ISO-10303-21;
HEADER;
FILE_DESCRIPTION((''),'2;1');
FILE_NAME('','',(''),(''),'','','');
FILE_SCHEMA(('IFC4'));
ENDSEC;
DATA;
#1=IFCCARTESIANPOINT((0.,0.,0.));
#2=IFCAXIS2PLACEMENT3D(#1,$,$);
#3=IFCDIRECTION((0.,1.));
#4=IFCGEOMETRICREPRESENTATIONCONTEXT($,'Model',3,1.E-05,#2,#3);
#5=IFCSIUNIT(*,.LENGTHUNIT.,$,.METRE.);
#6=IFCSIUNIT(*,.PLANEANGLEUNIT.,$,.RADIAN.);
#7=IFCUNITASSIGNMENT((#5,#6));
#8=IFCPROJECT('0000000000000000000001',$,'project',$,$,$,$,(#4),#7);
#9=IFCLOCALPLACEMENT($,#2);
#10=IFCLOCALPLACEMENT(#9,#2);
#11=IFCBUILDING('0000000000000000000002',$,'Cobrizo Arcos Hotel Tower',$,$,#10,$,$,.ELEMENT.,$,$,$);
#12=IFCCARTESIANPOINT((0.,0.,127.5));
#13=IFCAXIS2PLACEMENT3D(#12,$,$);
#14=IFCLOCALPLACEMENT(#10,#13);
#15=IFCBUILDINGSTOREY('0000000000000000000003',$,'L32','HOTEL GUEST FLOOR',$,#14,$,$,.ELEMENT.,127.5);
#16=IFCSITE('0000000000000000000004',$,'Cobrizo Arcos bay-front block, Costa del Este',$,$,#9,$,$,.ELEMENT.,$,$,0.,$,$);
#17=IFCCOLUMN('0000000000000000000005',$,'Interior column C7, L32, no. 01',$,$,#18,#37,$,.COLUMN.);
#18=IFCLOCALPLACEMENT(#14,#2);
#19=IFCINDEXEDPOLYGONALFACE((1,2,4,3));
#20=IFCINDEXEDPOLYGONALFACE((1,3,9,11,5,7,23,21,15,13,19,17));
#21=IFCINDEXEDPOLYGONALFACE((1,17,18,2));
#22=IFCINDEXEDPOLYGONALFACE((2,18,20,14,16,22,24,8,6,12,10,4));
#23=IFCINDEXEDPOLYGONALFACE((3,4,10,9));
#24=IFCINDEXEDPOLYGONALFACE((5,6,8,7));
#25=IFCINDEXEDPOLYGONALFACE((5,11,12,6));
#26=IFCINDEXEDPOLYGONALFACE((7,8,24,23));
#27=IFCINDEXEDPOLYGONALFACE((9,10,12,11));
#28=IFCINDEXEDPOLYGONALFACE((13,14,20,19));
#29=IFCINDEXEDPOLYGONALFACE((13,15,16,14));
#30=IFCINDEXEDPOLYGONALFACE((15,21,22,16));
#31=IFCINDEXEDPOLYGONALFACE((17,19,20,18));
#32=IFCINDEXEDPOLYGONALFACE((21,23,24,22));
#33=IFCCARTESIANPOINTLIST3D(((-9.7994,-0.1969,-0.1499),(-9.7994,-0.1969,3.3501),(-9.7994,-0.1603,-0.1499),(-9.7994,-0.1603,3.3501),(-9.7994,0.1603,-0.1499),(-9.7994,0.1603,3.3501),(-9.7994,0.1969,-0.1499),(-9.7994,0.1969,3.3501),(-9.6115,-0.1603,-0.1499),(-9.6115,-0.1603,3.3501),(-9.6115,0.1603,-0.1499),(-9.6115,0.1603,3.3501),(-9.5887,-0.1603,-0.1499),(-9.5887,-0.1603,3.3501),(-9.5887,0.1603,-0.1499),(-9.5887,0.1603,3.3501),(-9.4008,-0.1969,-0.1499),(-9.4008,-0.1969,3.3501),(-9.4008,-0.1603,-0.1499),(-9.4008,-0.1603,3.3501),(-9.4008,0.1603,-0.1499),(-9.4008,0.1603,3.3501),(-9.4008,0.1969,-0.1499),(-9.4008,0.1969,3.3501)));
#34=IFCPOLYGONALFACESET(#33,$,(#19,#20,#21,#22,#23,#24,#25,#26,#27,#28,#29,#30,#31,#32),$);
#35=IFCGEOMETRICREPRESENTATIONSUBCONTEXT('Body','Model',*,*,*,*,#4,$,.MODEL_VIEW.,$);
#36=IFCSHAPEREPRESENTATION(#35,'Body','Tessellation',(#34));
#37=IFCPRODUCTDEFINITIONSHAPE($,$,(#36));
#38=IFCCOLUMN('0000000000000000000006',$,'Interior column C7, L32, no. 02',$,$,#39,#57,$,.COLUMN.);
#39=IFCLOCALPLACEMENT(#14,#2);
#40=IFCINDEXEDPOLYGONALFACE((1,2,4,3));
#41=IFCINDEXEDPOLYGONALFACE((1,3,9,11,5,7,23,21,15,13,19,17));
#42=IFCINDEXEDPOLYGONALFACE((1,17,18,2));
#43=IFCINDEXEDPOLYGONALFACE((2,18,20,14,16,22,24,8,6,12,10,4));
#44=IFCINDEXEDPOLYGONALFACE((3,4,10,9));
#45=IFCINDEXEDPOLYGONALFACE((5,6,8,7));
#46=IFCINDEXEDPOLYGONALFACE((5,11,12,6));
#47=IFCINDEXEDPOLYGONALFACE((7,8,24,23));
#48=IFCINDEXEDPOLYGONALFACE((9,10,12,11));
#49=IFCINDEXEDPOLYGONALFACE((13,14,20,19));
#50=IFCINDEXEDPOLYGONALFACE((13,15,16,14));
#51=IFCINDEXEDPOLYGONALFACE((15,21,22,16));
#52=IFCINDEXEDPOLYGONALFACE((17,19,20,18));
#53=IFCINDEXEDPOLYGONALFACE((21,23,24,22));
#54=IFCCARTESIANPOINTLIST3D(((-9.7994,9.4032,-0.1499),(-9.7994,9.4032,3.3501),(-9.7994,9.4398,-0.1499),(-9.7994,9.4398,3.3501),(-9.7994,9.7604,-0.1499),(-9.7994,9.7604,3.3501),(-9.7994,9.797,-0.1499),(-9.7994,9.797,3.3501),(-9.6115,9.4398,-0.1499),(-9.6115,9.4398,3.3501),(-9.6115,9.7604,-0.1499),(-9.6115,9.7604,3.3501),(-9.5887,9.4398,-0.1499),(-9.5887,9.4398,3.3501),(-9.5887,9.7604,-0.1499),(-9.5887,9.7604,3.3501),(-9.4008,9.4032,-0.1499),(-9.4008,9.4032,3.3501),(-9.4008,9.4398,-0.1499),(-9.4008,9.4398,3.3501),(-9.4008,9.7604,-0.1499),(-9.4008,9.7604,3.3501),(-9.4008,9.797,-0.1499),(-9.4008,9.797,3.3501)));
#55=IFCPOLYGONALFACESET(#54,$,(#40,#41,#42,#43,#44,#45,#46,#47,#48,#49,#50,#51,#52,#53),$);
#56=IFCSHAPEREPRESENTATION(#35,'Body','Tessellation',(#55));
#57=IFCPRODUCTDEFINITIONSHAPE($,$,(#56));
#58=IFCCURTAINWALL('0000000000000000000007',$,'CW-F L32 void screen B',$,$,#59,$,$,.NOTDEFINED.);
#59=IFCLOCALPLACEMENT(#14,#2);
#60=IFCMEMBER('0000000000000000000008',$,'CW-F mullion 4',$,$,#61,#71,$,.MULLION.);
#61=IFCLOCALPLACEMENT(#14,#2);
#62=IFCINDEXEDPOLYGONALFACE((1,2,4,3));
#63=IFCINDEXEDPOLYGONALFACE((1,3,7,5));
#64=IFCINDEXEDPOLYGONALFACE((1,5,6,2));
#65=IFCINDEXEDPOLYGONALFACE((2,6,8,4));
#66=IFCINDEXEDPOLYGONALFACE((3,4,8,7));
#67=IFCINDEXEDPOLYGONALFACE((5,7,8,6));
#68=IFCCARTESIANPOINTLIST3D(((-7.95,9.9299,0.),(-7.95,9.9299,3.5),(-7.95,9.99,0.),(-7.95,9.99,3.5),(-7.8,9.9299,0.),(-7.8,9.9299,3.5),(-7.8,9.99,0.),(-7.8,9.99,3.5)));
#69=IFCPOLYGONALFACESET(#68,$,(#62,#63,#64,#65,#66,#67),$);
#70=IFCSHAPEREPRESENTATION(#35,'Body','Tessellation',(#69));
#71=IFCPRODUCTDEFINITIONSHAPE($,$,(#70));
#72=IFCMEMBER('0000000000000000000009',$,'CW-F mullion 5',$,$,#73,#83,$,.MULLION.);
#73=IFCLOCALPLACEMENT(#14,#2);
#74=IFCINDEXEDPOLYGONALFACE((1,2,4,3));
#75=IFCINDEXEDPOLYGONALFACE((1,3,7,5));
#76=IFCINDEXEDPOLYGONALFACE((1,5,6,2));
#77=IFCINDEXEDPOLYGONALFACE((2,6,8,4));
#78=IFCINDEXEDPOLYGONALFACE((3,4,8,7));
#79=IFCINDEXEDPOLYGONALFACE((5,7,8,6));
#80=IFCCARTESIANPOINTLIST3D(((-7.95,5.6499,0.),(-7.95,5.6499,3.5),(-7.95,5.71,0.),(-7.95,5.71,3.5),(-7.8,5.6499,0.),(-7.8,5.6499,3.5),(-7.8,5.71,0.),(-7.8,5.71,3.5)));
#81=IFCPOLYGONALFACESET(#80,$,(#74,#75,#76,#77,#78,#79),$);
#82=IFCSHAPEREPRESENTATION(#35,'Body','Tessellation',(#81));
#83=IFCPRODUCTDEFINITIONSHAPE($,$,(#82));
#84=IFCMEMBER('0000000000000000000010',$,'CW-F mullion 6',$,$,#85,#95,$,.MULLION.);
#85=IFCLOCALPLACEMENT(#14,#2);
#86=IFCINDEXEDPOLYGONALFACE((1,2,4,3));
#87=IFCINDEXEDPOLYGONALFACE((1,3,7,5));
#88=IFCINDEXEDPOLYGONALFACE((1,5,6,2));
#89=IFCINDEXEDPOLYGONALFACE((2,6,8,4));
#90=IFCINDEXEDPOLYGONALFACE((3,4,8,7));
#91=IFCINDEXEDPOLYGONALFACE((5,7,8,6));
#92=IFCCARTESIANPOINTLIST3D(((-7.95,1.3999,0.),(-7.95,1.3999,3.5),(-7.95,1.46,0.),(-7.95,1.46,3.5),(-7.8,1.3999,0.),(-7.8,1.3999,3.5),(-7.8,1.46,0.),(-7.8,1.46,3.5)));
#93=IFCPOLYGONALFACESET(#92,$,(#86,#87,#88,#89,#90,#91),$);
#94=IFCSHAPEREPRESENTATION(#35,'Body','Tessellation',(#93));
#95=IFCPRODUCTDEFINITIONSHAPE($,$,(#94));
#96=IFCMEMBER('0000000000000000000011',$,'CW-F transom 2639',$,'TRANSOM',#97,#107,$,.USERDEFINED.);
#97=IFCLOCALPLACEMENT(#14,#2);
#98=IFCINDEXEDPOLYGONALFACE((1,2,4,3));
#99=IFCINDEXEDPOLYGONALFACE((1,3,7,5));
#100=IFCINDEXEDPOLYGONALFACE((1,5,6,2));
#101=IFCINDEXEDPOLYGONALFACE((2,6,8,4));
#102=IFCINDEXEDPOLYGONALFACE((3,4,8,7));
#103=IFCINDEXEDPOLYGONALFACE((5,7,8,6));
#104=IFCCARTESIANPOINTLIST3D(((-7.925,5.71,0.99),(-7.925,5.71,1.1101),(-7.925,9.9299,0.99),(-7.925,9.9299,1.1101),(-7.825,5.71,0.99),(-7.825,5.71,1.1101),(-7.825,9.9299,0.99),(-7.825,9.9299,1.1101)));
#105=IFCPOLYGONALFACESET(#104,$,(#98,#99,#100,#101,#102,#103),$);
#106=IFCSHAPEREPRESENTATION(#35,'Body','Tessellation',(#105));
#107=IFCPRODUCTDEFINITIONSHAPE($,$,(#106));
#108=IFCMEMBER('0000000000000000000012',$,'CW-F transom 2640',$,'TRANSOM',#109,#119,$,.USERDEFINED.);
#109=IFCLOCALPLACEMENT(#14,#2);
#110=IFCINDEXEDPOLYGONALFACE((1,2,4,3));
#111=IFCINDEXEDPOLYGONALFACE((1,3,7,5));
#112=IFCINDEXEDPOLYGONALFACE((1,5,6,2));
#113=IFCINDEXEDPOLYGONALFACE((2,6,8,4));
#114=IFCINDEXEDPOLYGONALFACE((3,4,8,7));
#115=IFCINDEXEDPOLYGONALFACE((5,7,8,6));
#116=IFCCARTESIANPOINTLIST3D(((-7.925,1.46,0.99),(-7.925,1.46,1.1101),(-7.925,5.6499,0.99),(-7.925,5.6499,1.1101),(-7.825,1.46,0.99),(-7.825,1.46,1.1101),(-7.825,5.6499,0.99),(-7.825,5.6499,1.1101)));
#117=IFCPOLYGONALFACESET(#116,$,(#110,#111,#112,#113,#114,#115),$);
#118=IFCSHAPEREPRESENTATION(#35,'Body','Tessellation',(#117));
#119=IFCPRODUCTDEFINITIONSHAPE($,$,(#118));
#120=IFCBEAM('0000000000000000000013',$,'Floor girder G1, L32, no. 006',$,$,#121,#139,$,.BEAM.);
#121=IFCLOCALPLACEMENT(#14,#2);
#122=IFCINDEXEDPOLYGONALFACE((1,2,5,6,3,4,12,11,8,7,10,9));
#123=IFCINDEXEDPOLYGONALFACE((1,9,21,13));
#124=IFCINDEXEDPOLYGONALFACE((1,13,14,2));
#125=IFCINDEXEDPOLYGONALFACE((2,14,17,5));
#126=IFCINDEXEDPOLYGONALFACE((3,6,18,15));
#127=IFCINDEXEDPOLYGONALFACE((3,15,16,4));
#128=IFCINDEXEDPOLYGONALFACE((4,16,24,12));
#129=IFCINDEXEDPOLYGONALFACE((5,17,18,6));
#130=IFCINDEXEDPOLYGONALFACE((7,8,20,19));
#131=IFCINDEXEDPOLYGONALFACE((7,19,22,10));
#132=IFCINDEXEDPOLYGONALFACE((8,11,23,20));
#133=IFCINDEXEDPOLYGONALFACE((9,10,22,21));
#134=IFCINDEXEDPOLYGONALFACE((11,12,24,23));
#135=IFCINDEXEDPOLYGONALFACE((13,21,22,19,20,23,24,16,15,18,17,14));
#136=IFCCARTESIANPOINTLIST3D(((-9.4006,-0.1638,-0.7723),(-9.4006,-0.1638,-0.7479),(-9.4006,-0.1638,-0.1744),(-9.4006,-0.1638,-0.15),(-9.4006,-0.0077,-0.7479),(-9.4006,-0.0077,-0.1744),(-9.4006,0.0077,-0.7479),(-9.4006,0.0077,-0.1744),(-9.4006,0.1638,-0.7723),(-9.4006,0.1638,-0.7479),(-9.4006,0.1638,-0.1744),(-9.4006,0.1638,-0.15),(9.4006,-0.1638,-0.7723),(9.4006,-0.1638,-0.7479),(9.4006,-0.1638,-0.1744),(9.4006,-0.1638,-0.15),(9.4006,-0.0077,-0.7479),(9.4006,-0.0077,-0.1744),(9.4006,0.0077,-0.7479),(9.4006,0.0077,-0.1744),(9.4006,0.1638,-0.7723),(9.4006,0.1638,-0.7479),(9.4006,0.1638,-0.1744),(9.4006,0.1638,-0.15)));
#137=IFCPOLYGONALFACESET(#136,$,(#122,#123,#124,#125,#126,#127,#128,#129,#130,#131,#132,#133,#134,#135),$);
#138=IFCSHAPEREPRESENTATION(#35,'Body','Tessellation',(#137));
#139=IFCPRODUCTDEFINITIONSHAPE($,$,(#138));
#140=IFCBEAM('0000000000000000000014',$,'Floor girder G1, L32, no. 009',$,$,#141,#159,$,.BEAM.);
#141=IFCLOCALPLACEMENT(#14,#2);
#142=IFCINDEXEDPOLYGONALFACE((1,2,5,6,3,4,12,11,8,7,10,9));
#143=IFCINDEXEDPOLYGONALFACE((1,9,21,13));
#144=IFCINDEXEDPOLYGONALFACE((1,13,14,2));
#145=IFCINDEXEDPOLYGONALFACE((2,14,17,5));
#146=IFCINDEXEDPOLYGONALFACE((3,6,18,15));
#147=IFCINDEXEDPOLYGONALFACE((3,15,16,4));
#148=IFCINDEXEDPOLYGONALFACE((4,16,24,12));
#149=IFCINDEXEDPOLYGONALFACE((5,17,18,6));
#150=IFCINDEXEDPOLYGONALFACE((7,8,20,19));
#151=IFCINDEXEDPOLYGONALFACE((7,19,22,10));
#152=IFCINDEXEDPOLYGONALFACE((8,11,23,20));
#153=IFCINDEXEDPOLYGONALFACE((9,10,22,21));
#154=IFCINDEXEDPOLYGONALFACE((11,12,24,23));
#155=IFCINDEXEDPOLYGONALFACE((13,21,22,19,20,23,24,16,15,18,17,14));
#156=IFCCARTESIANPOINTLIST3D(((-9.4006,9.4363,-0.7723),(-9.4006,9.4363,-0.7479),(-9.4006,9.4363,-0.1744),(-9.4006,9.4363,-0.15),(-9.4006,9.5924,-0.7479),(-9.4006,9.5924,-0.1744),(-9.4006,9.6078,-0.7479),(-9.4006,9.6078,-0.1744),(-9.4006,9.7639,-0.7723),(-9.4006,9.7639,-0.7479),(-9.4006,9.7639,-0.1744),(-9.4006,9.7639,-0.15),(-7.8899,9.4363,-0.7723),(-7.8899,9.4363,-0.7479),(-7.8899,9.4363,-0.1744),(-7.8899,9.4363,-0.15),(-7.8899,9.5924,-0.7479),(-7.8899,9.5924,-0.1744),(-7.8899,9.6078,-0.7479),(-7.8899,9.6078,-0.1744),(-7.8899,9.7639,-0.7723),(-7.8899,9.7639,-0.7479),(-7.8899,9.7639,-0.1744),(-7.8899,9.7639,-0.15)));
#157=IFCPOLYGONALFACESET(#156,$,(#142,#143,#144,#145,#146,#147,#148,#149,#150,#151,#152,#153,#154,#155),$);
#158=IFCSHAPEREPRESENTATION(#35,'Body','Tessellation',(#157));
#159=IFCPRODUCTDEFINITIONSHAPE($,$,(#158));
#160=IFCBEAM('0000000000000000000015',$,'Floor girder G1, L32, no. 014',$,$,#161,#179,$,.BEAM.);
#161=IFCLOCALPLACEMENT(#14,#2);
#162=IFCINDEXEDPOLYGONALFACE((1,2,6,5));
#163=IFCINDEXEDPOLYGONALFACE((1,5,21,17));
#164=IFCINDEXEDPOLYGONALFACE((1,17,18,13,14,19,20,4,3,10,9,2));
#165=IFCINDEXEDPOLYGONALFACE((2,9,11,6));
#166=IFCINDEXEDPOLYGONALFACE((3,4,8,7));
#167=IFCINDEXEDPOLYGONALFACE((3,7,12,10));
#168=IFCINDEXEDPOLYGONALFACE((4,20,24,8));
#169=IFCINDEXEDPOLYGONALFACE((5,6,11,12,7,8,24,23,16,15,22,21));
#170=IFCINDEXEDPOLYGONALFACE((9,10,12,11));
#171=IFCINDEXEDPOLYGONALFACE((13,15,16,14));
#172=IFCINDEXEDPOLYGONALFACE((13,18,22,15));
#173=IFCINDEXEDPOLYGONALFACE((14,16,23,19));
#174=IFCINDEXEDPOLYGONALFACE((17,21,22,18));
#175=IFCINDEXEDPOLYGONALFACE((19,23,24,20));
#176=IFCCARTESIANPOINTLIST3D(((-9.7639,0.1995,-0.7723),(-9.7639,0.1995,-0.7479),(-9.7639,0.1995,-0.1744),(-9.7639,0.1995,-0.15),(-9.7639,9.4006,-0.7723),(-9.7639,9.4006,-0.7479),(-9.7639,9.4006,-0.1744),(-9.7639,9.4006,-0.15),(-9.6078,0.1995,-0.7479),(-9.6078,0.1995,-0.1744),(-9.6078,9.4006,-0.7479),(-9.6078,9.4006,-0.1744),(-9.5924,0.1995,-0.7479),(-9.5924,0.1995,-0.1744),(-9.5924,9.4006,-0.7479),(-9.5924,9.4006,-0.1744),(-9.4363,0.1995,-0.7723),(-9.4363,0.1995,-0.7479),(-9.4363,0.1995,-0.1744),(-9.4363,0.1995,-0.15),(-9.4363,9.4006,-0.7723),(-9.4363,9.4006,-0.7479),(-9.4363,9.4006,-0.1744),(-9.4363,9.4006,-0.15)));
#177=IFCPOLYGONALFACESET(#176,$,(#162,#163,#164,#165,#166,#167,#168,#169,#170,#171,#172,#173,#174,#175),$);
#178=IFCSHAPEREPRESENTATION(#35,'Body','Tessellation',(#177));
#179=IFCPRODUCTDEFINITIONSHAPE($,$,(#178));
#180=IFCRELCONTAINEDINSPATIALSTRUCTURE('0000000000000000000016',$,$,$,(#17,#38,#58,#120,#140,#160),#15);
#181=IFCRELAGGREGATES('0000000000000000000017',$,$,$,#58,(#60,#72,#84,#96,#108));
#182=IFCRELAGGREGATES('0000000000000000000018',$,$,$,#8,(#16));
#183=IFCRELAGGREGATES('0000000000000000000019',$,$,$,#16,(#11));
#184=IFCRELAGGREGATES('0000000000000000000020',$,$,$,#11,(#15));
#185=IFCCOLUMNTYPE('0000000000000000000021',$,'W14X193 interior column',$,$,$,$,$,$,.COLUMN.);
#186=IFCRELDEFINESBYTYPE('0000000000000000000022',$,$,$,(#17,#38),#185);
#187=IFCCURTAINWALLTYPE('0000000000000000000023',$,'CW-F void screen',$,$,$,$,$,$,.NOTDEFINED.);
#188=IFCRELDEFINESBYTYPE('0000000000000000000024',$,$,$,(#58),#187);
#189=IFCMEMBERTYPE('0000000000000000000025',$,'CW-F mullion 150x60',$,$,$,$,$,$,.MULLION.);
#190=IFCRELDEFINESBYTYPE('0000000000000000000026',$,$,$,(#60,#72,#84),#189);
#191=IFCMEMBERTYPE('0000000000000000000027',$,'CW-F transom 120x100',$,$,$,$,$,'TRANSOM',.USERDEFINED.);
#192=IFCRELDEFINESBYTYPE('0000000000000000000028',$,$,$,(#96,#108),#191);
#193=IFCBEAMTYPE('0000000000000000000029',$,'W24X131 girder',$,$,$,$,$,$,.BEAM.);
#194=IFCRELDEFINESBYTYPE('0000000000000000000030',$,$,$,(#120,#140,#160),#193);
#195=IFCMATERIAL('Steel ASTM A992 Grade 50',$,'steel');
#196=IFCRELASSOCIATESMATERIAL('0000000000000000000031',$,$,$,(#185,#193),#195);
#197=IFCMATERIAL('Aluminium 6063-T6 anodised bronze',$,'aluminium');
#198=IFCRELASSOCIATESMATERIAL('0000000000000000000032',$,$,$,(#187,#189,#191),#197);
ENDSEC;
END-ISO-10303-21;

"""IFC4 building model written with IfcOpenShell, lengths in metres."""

from ifc_helpers import new_model, si_unit, direction, frame, origin, origin_2d, place, context, subcontext, project, spatial, rectangle, i_section, extrude, material, material_profile, profile_set, type_object, element, aggregate, save


model = new_model("IFC4")

# Units and contexts
model_context = context("Model", 3, precision=1e-05, world=origin(), true_north=direction((0.0, 1.0)))
body_context = subcontext(model_context, "Body", "Model", "MODEL_VIEW")
ifc_project = project(units=[si_unit("LENGTHUNIT", "METRE"), si_unit("PLANEANGLEUNIT", "RADIAN")], contexts=[model_context])

# Site, building, storey
site_placement = place(None, origin())
site = spatial("IfcSite", under=ifc_project, at=site_placement, Name="Cobrizo Arcos bay-front block, Costa del Este", CompositionType="ELEMENT", RefElevation=0.0)
building_placement = place(site_placement, origin())
building = spatial("IfcBuilding", under=site, at=building_placement, Name="Cobrizo Arcos Hotel Tower", CompositionType="ELEMENT")
storey_placement = place(building_placement, frame((0.0, 0.0, 127.5)))
storey = spatial("IfcBuildingStorey", under=building, at=storey_placement, Name="L32", Description="HOTEL GUEST FLOOR", CompositionType="ELEMENT", Elevation=127.5)

# Columns
ifc_material_1 = material(Name="Steel ASTM A992 Grade 50", Category="steel")
ifc_material_profile_1 = material_profile(ifc_material_1, i_section(OverallWidth=0.3987, OverallDepth=0.3938, WebThickness=0.0227, FlangeThickness=0.0366, at=origin_2d()), Name="W14X193")
ifc_profile_set_1 = profile_set([ifc_material_profile_1], Name="Steel ASTM A992 Grade 50")
column_type = type_object("IfcColumnType", Name="W14X193 interior column", PredefinedType="COLUMN", material=ifc_profile_set_1)
for number, where, z_axis, x_axis, name in (
    (1, (-9.6001, 0.0, -0.1499), (0.0, 0.0, 1.0), (1.0, 0.0, 0.0), "Interior column C7, L32, no. 01"),
    (2, (-9.6001, 9.6001, -0.1499), (0.0, 0.0, 1.0), (1.0, 0.0, 0.0), "Interior column C7, L32, no. 02"),
):
    element("IfcColumn", number, at=place(storey_placement, frame(where, z_axis=z_axis, x_axis=x_axis)), inside=storey, type_object=column_type, Name=name, PredefinedType="COLUMN", context=body_context, shape_type="SweptSolid", body=[
        extrude(i_section(OverallWidth=0.3987, OverallDepth=0.3938, WebThickness=0.0227, FlangeThickness=0.0366, at=origin_2d()), origin(), (0.0, 0.0, 1.0), 3.5),
    ])

# Curtain wall, members
ifc_material_2 = material(Name="Aluminium 6063-T6 anodised bronze", Category="aluminium")
curtain_wall_type = type_object("IfcCurtainWallType", Name="CW-F void screen", PredefinedType="NOTDEFINED", material=ifc_material_2)
curtain_wall_placement = place(storey_placement, origin())
curtain_wall = element("IfcCurtainWall", 3, at=curtain_wall_placement, inside=storey, type_object=curtain_wall_type, Name="CW-F L32 void screen B", PredefinedType="NOTDEFINED")
ifc_material_profile_2 = material_profile(ifc_material_2, rectangle(XDim=0.1499, YDim=0.0601, at=origin_2d()), Name="CW-F mullion 150x60")
ifc_profile_set_2 = profile_set([ifc_material_profile_2], Name="Aluminium 6063-T6 anodised bronze")
member_type_1 = type_object("IfcMemberType", Name="CW-F mullion 150x60", PredefinedType="MULLION", material=ifc_profile_set_2)
member_1_placement = place(storey_placement, frame((-7.875, 9.96, 0.0), z_axis=(0.0, 0.0, 1.0), x_axis=(-1.0, 0.0, 0.0)))
member_1 = element("IfcMember", 4, at=member_1_placement, type_object=member_type_1, Name="CW-F mullion 4", PredefinedType="MULLION", context=body_context, shape_type="SweptSolid", body=[
    extrude(rectangle(XDim=0.1499, YDim=0.0601, at=origin_2d()), origin(), (0.0, 0.0, 1.0), 3.5),
])
member_2_placement = place(storey_placement, frame((-7.875, 5.6799, 0.0), z_axis=(0.0, 0.0, 1.0), x_axis=(-1.0, 0.0, 0.0)))
member_2 = element("IfcMember", 5, at=member_2_placement, type_object=member_type_1, Name="CW-F mullion 5", PredefinedType="MULLION", context=body_context, shape_type="SweptSolid", body=[
    extrude(rectangle(XDim=0.1499, YDim=0.0601, at=origin_2d()), origin(), (0.0, 0.0, 1.0), 3.5),
])
member_3_placement = place(storey_placement, frame((-7.875, 1.4299, 0.0), z_axis=(0.0, 0.0, 1.0), x_axis=(-1.0, 0.0, 0.0)))
member_3 = element("IfcMember", 6, at=member_3_placement, type_object=member_type_1, Name="CW-F mullion 6", PredefinedType="MULLION", context=body_context, shape_type="SweptSolid", body=[
    extrude(rectangle(XDim=0.1499, YDim=0.0601, at=origin_2d()), origin(), (0.0, 0.0, 1.0), 3.5),
])
ifc_material_profile_3 = material_profile(ifc_material_2, rectangle(XDim=0.1001, YDim=0.1201, at=origin_2d()), Name="CW-F transom 120x100")
ifc_profile_set_3 = profile_set([ifc_material_profile_3], Name="Aluminium 6063-T6 anodised bronze")
member_type_2 = type_object("IfcMemberType", Name="CW-F transom 120x100", ElementType="TRANSOM", PredefinedType="USERDEFINED", material=ifc_profile_set_3)
member_4_placement = place(storey_placement, frame((-7.875, 9.9299, 1.05), z_axis=(0.0, -1.0, 0.0), x_axis=(1.0, 0.0, 0.0)))
member_4 = element("IfcMember", 7, at=member_4_placement, type_object=member_type_2, Name="CW-F transom 2639", ObjectType="TRANSOM", PredefinedType="USERDEFINED", context=body_context, shape_type="SweptSolid", body=[
    extrude(rectangle(XDim=0.1001, YDim=0.1201, at=origin_2d()), origin(), (0.0, 0.0, 1.0), 4.22),
])
member_5_placement = place(storey_placement, frame((-7.875, 5.6499, 1.05), z_axis=(0.0, -1.0, 0.0), x_axis=(1.0, 0.0, 0.0)))
member_5 = element("IfcMember", 8, at=member_5_placement, type_object=member_type_2, Name="CW-F transom 2640", ObjectType="TRANSOM", PredefinedType="USERDEFINED", context=body_context, shape_type="SweptSolid", body=[
    extrude(rectangle(XDim=0.1001, YDim=0.1201, at=origin_2d()), origin(), (0.0, 0.0, 1.0), 4.1899),
])

# Beams
ifc_material_profile_4 = material_profile(ifc_material_1, i_section(OverallWidth=0.3276, OverallDepth=0.6223, WebThickness=0.0154, FlangeThickness=0.0244, at=origin_2d()), Name="W24X131")
ifc_profile_set_4 = profile_set([ifc_material_profile_4], Name="Steel ASTM A992 Grade 50")
beam_type_1 = type_object("IfcBeamType", Name="W24X131 girder", PredefinedType="BEAM", material=ifc_profile_set_4)
beam_1_placement = place(storey_placement, frame((-9.4006, 0.0, -0.4612), z_axis=(1.0, 0.0, 0.0), x_axis=(0.0, 1.0, 0.0)))
element("IfcBeam", 9, at=beam_1_placement, inside=storey, type_object=beam_type_1, Name="Floor girder G1, L32, no. 006", PredefinedType="BEAM", context=body_context, shape_type="SweptSolid", body=[
    extrude(i_section(OverallWidth=0.3276, OverallDepth=0.6223, WebThickness=0.0154, FlangeThickness=0.0244, at=origin_2d()), origin(), (0.0, 0.0, 1.0), 18.8013),
])
beam_2_placement = place(storey_placement, frame((-9.4006, 9.6001, -0.4612), z_axis=(1.0, 0.0, 0.0), x_axis=(0.0, 1.0, 0.0)))
element("IfcBeam", 10, at=beam_2_placement, inside=storey, type_object=beam_type_1, Name="Floor girder G1, L32, no. 009", PredefinedType="BEAM", context=body_context, shape_type="SweptSolid", body=[
    extrude(i_section(OverallWidth=0.3276, OverallDepth=0.6223, WebThickness=0.0154, FlangeThickness=0.0244, at=origin_2d()), origin(), (0.0, 0.0, 1.0), 1.5107),
])
beam_3_placement = place(storey_placement, frame((-9.6001, 0.1995, -0.4612), z_axis=(0.0, 1.0, 0.0), x_axis=(-1.0, 0.0, 0.0)))
element("IfcBeam", 11, at=beam_3_placement, inside=storey, type_object=beam_type_1, Name="Floor girder G1, L32, no. 014", PredefinedType="BEAM", context=body_context, shape_type="SweptSolid", body=[
    extrude(i_section(OverallWidth=0.3276, OverallDepth=0.6223, WebThickness=0.0154, FlangeThickness=0.0244, at=origin_2d()), origin(), (0.0, 0.0, 1.0), 9.2012),
])

aggregate(curtain_wall, [member_1, member_2, member_3, member_4, member_5])

save(model, "model.ifc")
